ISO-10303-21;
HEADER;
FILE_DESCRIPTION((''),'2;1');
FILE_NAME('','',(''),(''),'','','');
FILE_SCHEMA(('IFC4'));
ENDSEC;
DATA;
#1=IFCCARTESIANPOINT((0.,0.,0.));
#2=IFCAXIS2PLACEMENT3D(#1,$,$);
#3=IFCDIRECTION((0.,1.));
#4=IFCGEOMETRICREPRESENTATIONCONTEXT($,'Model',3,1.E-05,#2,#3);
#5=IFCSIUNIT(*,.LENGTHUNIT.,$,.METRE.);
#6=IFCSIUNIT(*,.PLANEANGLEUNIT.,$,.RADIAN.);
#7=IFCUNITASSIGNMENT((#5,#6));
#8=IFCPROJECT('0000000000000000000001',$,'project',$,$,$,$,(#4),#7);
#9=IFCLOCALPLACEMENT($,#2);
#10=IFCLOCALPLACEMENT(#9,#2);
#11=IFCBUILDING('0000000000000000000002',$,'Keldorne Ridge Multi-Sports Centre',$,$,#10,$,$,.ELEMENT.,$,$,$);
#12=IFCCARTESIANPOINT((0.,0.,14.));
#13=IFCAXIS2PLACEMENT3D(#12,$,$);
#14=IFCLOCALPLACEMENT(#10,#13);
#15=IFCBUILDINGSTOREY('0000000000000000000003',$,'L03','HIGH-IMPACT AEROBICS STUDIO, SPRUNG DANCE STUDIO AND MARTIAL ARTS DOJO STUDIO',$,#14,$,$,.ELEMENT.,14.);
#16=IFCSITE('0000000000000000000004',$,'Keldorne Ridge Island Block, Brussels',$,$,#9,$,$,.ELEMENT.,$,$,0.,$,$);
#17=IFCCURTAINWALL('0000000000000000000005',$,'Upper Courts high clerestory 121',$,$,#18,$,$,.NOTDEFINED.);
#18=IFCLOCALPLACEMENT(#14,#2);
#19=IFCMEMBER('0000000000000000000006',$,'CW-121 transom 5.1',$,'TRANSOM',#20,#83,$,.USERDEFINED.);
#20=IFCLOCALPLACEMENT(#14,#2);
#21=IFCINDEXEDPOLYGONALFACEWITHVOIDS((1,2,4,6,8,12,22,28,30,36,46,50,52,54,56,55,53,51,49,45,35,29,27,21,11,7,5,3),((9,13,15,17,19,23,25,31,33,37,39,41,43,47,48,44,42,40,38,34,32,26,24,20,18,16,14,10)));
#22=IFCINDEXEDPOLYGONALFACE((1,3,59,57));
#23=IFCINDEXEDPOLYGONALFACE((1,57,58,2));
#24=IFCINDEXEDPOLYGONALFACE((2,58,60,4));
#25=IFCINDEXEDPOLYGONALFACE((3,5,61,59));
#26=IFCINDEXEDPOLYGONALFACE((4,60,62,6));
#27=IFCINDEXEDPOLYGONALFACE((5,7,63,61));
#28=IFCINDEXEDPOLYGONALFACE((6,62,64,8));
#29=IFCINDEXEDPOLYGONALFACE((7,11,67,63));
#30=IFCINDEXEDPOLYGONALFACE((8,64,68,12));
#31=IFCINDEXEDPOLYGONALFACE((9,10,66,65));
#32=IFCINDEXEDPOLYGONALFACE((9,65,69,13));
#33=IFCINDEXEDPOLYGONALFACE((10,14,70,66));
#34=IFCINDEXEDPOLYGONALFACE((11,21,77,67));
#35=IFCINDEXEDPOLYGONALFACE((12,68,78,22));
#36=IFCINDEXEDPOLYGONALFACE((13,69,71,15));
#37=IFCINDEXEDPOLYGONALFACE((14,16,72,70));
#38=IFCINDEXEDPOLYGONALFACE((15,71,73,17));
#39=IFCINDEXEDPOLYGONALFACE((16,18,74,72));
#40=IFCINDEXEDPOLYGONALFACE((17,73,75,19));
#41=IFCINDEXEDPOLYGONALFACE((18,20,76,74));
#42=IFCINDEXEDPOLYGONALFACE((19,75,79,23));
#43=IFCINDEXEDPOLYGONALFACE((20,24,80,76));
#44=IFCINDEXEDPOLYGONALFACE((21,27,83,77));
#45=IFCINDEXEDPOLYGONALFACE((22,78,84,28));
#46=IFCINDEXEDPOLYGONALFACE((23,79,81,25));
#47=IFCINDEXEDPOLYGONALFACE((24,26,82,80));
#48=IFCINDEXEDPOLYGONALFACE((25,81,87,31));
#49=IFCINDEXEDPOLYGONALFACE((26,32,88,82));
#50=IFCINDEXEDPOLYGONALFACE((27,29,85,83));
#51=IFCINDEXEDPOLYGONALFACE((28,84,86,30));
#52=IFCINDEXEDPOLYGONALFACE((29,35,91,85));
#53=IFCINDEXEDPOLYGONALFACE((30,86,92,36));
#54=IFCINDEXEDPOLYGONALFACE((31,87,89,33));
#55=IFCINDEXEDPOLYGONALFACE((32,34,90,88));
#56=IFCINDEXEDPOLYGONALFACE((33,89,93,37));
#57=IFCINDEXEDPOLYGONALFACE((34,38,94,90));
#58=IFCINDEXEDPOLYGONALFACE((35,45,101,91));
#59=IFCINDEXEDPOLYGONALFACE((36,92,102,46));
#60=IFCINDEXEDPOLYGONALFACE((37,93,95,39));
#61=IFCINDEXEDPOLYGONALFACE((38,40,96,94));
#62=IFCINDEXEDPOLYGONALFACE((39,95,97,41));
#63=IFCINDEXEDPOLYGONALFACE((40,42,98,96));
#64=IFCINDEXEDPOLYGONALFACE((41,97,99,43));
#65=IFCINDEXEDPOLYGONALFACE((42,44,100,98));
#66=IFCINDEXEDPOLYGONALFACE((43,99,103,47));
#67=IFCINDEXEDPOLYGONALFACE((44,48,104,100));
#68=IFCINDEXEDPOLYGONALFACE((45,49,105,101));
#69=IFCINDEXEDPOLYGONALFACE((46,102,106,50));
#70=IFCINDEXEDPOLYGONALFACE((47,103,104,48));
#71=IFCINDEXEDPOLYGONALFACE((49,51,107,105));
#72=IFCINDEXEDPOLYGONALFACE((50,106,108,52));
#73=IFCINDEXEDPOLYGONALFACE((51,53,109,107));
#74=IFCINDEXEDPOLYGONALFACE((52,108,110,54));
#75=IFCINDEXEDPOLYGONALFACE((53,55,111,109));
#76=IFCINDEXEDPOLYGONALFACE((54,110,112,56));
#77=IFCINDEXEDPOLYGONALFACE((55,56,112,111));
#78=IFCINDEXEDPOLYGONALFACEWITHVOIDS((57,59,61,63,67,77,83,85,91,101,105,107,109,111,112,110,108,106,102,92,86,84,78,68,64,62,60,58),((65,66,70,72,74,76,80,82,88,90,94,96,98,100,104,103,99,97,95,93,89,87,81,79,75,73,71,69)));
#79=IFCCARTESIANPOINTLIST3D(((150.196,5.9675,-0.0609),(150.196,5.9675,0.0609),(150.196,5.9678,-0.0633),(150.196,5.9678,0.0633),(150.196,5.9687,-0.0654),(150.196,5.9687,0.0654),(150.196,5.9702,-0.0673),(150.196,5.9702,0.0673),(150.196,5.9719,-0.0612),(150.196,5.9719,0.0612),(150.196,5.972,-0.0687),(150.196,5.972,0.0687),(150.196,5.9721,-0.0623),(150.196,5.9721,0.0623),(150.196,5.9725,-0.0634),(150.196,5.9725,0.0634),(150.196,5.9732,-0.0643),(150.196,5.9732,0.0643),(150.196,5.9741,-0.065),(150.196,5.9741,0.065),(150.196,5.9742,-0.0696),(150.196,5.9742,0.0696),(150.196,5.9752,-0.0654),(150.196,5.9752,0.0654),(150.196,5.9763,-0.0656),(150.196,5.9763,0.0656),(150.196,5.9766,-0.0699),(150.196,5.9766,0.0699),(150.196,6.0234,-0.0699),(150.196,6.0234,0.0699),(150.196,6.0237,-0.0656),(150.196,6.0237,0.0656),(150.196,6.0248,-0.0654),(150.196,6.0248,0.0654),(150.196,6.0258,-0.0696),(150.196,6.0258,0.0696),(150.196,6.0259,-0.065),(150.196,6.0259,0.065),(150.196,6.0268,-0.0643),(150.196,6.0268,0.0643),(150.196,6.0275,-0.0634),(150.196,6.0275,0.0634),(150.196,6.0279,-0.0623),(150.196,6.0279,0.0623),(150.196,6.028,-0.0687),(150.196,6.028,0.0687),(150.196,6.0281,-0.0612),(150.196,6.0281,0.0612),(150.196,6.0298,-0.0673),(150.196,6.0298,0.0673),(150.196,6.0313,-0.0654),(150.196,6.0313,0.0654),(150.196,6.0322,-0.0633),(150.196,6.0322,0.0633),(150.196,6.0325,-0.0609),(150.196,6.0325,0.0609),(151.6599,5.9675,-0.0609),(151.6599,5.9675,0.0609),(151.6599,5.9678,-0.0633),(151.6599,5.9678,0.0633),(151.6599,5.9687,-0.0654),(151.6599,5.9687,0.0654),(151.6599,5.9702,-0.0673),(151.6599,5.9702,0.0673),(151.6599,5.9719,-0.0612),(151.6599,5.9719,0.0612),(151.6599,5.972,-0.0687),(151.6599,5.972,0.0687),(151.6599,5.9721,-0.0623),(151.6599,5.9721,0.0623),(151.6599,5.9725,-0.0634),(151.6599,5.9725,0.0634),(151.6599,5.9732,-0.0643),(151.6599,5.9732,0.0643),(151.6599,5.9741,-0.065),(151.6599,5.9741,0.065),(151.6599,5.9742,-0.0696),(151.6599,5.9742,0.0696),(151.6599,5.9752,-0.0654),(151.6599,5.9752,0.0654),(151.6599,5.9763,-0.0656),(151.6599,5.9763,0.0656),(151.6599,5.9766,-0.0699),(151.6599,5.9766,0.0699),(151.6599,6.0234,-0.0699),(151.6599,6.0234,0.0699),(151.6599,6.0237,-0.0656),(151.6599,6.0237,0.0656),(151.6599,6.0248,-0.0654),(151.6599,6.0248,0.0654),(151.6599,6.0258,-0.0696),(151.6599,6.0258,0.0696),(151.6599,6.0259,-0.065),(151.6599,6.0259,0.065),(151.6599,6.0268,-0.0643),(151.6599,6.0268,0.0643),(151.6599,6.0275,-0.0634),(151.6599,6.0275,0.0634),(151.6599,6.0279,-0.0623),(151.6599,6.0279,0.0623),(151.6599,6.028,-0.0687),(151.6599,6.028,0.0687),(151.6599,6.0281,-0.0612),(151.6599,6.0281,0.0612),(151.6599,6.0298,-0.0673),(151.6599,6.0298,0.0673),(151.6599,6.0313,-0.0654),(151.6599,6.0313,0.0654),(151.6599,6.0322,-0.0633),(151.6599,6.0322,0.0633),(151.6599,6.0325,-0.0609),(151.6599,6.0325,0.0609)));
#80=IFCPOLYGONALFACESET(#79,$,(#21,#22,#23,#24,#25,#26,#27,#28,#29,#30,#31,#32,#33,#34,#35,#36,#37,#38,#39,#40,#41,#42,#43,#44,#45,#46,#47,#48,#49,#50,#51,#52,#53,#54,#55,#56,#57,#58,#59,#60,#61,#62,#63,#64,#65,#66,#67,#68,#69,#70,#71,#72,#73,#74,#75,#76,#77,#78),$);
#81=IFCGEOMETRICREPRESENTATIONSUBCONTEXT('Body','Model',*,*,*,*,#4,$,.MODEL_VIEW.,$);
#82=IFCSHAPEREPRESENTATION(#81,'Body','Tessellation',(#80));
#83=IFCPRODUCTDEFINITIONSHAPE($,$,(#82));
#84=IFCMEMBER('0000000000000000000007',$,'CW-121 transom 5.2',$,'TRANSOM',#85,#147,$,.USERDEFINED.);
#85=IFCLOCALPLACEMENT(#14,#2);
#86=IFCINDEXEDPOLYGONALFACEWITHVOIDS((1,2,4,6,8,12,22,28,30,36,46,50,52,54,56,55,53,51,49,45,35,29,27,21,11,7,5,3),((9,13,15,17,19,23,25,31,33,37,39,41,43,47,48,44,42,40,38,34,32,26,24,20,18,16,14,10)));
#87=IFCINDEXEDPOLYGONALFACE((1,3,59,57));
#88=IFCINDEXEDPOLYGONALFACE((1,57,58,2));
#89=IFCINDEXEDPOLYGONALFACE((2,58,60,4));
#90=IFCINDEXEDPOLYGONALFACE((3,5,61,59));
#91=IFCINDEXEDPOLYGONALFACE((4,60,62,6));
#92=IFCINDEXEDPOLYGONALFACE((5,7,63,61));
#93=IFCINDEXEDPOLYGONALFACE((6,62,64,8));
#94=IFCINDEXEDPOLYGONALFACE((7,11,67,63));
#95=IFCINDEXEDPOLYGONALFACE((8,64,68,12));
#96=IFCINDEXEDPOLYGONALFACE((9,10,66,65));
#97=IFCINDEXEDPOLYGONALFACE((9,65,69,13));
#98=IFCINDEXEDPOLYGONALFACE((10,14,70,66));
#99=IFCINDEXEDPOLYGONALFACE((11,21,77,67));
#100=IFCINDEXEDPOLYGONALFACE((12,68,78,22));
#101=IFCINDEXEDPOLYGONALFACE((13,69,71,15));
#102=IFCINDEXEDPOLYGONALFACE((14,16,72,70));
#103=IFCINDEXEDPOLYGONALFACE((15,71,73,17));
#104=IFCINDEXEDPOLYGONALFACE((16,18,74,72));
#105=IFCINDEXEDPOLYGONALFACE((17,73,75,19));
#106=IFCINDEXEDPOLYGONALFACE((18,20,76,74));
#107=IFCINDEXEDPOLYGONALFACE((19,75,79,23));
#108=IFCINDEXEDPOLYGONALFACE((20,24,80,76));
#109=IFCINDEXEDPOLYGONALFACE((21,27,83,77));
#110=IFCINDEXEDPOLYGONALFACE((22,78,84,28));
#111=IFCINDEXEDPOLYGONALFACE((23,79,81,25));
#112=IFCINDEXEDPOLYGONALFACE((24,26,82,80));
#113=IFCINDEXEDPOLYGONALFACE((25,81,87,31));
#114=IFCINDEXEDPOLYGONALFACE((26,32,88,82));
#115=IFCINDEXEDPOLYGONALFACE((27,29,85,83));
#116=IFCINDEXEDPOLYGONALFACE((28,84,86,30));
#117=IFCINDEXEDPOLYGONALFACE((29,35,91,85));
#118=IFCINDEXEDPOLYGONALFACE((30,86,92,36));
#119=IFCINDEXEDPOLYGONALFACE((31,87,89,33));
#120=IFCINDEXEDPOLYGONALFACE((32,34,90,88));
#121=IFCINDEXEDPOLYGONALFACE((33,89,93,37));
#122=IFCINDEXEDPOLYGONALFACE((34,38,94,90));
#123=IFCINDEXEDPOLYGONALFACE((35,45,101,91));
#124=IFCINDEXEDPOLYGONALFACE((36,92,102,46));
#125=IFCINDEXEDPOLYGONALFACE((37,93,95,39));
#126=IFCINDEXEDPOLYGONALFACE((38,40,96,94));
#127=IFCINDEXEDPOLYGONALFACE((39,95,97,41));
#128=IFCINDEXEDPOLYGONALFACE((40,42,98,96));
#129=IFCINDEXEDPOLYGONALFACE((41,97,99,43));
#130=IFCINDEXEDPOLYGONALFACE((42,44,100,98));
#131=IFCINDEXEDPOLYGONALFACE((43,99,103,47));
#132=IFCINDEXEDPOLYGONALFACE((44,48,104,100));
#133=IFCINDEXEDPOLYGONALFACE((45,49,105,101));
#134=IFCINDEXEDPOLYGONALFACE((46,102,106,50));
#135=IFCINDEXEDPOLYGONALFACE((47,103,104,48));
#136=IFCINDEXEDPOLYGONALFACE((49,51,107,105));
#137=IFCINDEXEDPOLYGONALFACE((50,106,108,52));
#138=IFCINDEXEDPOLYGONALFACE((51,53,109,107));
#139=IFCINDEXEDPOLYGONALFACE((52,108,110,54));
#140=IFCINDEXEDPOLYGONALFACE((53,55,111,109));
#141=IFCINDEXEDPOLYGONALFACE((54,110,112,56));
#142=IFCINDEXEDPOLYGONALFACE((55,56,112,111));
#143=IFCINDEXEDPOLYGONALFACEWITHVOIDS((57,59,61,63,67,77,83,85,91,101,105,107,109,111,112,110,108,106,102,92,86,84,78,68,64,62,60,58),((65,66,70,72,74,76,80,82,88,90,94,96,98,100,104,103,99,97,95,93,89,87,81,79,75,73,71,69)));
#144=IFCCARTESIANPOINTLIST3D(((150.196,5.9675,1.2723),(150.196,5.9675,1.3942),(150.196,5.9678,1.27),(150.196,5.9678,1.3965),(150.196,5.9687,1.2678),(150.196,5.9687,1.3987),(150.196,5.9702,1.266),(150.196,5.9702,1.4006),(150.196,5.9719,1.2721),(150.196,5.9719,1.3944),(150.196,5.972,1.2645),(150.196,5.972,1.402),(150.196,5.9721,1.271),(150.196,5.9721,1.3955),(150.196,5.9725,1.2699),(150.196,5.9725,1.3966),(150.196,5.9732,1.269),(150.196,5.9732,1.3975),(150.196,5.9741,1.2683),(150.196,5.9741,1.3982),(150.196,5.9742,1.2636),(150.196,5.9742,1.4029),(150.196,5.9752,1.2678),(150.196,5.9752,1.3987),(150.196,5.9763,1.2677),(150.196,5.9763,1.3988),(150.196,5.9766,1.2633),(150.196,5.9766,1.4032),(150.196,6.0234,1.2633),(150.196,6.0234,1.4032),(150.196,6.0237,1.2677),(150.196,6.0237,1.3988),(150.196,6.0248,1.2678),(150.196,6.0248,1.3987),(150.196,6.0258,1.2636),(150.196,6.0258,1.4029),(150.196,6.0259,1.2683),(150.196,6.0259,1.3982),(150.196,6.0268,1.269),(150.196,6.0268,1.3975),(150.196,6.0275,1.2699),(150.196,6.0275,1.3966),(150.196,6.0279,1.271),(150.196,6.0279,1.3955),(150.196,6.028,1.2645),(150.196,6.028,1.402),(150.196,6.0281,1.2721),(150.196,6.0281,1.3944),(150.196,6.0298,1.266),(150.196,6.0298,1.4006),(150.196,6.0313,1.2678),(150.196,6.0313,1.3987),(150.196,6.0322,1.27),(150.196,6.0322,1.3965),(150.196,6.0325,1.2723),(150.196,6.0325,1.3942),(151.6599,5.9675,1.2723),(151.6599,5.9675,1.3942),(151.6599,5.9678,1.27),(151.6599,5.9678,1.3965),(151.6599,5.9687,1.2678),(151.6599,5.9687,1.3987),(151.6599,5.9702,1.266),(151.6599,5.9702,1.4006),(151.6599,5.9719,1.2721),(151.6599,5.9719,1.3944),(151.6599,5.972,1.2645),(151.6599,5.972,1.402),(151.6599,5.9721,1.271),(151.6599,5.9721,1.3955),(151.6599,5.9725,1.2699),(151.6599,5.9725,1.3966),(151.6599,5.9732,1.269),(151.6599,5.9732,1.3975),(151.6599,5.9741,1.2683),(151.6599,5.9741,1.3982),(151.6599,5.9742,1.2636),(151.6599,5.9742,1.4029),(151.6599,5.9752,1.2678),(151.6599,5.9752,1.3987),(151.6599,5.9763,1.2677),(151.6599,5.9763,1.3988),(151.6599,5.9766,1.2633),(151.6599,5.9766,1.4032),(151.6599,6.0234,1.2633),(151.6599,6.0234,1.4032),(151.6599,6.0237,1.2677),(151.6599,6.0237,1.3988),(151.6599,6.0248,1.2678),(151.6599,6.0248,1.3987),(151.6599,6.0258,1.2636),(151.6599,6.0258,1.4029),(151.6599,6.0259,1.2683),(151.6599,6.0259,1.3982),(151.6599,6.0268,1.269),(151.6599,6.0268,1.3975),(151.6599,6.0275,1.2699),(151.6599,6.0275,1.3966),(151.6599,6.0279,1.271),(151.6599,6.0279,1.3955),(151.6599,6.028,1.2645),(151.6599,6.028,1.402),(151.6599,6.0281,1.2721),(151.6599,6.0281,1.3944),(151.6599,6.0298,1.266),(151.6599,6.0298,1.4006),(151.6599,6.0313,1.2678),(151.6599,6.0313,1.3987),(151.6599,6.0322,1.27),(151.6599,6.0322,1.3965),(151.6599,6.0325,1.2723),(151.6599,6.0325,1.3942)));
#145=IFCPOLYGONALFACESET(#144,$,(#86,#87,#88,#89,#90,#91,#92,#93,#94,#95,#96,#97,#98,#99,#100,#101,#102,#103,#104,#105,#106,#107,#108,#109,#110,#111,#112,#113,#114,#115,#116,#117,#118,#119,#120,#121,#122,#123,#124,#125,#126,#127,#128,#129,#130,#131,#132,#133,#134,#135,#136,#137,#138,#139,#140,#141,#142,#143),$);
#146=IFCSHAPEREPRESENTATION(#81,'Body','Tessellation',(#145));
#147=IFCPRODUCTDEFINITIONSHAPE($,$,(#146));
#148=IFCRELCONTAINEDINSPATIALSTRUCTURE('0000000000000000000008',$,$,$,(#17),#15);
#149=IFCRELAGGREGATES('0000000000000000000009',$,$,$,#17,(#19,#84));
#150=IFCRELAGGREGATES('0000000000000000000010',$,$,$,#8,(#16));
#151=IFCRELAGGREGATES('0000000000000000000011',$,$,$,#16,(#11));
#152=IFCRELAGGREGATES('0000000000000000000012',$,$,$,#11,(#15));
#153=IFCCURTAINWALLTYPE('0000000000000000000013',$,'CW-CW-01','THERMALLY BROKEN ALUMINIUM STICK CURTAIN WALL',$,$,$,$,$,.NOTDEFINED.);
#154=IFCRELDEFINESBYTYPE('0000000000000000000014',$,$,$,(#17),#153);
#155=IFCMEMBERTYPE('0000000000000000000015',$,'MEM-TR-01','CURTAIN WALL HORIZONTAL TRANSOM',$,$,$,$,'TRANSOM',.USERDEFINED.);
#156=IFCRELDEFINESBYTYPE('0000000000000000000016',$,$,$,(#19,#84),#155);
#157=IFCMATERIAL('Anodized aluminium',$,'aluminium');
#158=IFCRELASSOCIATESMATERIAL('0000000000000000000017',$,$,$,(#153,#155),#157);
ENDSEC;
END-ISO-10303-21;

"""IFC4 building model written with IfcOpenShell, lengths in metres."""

from ifc_helpers import new_model, si_unit, direction, frame, origin, origin_2d, place, context, subcontext, project, spatial, hollow_rectangle, extrude, material, material_profile, profile_set, type_object, element, aggregate, save


model = new_model("IFC4")

# Units and contexts
model_context = context("Model", 3, precision=1e-05, world=origin(), true_north=direction((0.0, 1.0)))
body_context = subcontext(model_context, "Body", "Model", "MODEL_VIEW")
ifc_project = project(units=[si_unit("LENGTHUNIT", "METRE"), si_unit("PLANEANGLEUNIT", "RADIAN")], contexts=[model_context])

# Site, building, storey
site_placement = place(None, origin())
site = spatial("IfcSite", under=ifc_project, at=site_placement, Name="Keldorne Ridge Island Block, Brussels", CompositionType="ELEMENT", RefElevation=0.0)
building_placement = place(site_placement, origin())
building = spatial("IfcBuilding", under=site, at=building_placement, Name="Keldorne Ridge Multi-Sports Centre", CompositionType="ELEMENT")
storey_placement = place(building_placement, frame((0.0, 0.0, 14.0)))
storey = spatial("IfcBuildingStorey", under=building, at=storey_placement, Name="L03", Description="HIGH-IMPACT AEROBICS STUDIO, SPRUNG DANCE STUDIO AND MARTIAL ARTS DOJO STUDIO", CompositionType="ELEMENT", Elevation=14.0)

# Curtain wall
ifc_material_1 = material(Name="Anodized aluminium", Category="aluminium")
curtain_wall_type = type_object("IfcCurtainWallType", Name="CW-CW-01", Description="THERMALLY BROKEN ALUMINIUM STICK CURTAIN WALL", PredefinedType="NOTDEFINED", material=ifc_material_1)
curtain_wall_placement = place(storey_placement, origin())
curtain_wall = element("IfcCurtainWall", 1, at=curtain_wall_placement, inside=storey, type_object=curtain_wall_type, Name="Upper Courts high clerestory 121", PredefinedType="NOTDEFINED")

# Members
ifc_material_profile_1 = material_profile(ifc_material_1, hollow_rectangle(XDim=0.0649, YDim=0.1399, WallThickness=0.0044, InnerFilletRadius=0.0044, OuterFilletRadius=0.009, at=origin_2d()), Name="ALU TRANSOM 140x65x4.5")
ifc_profile_set_1 = profile_set([ifc_material_profile_1], Name="Anodized aluminium")
member_type_1 = type_object("IfcMemberType", Name="MEM-TR-01", Description="CURTAIN WALL HORIZONTAL TRANSOM", ElementType="TRANSOM", PredefinedType="USERDEFINED", material=ifc_profile_set_1)
member_1_placement = place(storey_placement, frame((150.196, 6.0, 0.0), z_axis=(1.0, 0.0, 0.0), x_axis=(0.0, 1.0, 0.0)))
member_1 = element("IfcMember", 2, at=member_1_placement, type_object=member_type_1, Name="CW-121 transom 5.1", ObjectType="TRANSOM", PredefinedType="USERDEFINED", context=body_context, shape_type="SweptSolid", body=[
    extrude(hollow_rectangle(XDim=0.0649, YDim=0.1399, WallThickness=0.0044, InnerFilletRadius=0.0044, OuterFilletRadius=0.009, at=origin_2d()), origin(), (0.0, 0.0, 1.0), 1.4639),
])
member_2_placement = place(storey_placement, frame((150.196, 6.0, 1.3333), z_axis=(1.0, 0.0, 0.0), x_axis=(0.0, 1.0, 0.0)))
member_2 = element("IfcMember", 3, at=member_2_placement, type_object=member_type_1, Name="CW-121 transom 5.2", ObjectType="TRANSOM", PredefinedType="USERDEFINED", context=body_context, shape_type="SweptSolid", body=[
    extrude(hollow_rectangle(XDim=0.0649, YDim=0.1399, WallThickness=0.0044, InnerFilletRadius=0.0044, OuterFilletRadius=0.009, at=origin_2d()), origin(), (0.0, 0.0, 1.0), 1.4639),
])

aggregate(curtain_wall, [member_1, member_2])

save(model, "model.ifc")
